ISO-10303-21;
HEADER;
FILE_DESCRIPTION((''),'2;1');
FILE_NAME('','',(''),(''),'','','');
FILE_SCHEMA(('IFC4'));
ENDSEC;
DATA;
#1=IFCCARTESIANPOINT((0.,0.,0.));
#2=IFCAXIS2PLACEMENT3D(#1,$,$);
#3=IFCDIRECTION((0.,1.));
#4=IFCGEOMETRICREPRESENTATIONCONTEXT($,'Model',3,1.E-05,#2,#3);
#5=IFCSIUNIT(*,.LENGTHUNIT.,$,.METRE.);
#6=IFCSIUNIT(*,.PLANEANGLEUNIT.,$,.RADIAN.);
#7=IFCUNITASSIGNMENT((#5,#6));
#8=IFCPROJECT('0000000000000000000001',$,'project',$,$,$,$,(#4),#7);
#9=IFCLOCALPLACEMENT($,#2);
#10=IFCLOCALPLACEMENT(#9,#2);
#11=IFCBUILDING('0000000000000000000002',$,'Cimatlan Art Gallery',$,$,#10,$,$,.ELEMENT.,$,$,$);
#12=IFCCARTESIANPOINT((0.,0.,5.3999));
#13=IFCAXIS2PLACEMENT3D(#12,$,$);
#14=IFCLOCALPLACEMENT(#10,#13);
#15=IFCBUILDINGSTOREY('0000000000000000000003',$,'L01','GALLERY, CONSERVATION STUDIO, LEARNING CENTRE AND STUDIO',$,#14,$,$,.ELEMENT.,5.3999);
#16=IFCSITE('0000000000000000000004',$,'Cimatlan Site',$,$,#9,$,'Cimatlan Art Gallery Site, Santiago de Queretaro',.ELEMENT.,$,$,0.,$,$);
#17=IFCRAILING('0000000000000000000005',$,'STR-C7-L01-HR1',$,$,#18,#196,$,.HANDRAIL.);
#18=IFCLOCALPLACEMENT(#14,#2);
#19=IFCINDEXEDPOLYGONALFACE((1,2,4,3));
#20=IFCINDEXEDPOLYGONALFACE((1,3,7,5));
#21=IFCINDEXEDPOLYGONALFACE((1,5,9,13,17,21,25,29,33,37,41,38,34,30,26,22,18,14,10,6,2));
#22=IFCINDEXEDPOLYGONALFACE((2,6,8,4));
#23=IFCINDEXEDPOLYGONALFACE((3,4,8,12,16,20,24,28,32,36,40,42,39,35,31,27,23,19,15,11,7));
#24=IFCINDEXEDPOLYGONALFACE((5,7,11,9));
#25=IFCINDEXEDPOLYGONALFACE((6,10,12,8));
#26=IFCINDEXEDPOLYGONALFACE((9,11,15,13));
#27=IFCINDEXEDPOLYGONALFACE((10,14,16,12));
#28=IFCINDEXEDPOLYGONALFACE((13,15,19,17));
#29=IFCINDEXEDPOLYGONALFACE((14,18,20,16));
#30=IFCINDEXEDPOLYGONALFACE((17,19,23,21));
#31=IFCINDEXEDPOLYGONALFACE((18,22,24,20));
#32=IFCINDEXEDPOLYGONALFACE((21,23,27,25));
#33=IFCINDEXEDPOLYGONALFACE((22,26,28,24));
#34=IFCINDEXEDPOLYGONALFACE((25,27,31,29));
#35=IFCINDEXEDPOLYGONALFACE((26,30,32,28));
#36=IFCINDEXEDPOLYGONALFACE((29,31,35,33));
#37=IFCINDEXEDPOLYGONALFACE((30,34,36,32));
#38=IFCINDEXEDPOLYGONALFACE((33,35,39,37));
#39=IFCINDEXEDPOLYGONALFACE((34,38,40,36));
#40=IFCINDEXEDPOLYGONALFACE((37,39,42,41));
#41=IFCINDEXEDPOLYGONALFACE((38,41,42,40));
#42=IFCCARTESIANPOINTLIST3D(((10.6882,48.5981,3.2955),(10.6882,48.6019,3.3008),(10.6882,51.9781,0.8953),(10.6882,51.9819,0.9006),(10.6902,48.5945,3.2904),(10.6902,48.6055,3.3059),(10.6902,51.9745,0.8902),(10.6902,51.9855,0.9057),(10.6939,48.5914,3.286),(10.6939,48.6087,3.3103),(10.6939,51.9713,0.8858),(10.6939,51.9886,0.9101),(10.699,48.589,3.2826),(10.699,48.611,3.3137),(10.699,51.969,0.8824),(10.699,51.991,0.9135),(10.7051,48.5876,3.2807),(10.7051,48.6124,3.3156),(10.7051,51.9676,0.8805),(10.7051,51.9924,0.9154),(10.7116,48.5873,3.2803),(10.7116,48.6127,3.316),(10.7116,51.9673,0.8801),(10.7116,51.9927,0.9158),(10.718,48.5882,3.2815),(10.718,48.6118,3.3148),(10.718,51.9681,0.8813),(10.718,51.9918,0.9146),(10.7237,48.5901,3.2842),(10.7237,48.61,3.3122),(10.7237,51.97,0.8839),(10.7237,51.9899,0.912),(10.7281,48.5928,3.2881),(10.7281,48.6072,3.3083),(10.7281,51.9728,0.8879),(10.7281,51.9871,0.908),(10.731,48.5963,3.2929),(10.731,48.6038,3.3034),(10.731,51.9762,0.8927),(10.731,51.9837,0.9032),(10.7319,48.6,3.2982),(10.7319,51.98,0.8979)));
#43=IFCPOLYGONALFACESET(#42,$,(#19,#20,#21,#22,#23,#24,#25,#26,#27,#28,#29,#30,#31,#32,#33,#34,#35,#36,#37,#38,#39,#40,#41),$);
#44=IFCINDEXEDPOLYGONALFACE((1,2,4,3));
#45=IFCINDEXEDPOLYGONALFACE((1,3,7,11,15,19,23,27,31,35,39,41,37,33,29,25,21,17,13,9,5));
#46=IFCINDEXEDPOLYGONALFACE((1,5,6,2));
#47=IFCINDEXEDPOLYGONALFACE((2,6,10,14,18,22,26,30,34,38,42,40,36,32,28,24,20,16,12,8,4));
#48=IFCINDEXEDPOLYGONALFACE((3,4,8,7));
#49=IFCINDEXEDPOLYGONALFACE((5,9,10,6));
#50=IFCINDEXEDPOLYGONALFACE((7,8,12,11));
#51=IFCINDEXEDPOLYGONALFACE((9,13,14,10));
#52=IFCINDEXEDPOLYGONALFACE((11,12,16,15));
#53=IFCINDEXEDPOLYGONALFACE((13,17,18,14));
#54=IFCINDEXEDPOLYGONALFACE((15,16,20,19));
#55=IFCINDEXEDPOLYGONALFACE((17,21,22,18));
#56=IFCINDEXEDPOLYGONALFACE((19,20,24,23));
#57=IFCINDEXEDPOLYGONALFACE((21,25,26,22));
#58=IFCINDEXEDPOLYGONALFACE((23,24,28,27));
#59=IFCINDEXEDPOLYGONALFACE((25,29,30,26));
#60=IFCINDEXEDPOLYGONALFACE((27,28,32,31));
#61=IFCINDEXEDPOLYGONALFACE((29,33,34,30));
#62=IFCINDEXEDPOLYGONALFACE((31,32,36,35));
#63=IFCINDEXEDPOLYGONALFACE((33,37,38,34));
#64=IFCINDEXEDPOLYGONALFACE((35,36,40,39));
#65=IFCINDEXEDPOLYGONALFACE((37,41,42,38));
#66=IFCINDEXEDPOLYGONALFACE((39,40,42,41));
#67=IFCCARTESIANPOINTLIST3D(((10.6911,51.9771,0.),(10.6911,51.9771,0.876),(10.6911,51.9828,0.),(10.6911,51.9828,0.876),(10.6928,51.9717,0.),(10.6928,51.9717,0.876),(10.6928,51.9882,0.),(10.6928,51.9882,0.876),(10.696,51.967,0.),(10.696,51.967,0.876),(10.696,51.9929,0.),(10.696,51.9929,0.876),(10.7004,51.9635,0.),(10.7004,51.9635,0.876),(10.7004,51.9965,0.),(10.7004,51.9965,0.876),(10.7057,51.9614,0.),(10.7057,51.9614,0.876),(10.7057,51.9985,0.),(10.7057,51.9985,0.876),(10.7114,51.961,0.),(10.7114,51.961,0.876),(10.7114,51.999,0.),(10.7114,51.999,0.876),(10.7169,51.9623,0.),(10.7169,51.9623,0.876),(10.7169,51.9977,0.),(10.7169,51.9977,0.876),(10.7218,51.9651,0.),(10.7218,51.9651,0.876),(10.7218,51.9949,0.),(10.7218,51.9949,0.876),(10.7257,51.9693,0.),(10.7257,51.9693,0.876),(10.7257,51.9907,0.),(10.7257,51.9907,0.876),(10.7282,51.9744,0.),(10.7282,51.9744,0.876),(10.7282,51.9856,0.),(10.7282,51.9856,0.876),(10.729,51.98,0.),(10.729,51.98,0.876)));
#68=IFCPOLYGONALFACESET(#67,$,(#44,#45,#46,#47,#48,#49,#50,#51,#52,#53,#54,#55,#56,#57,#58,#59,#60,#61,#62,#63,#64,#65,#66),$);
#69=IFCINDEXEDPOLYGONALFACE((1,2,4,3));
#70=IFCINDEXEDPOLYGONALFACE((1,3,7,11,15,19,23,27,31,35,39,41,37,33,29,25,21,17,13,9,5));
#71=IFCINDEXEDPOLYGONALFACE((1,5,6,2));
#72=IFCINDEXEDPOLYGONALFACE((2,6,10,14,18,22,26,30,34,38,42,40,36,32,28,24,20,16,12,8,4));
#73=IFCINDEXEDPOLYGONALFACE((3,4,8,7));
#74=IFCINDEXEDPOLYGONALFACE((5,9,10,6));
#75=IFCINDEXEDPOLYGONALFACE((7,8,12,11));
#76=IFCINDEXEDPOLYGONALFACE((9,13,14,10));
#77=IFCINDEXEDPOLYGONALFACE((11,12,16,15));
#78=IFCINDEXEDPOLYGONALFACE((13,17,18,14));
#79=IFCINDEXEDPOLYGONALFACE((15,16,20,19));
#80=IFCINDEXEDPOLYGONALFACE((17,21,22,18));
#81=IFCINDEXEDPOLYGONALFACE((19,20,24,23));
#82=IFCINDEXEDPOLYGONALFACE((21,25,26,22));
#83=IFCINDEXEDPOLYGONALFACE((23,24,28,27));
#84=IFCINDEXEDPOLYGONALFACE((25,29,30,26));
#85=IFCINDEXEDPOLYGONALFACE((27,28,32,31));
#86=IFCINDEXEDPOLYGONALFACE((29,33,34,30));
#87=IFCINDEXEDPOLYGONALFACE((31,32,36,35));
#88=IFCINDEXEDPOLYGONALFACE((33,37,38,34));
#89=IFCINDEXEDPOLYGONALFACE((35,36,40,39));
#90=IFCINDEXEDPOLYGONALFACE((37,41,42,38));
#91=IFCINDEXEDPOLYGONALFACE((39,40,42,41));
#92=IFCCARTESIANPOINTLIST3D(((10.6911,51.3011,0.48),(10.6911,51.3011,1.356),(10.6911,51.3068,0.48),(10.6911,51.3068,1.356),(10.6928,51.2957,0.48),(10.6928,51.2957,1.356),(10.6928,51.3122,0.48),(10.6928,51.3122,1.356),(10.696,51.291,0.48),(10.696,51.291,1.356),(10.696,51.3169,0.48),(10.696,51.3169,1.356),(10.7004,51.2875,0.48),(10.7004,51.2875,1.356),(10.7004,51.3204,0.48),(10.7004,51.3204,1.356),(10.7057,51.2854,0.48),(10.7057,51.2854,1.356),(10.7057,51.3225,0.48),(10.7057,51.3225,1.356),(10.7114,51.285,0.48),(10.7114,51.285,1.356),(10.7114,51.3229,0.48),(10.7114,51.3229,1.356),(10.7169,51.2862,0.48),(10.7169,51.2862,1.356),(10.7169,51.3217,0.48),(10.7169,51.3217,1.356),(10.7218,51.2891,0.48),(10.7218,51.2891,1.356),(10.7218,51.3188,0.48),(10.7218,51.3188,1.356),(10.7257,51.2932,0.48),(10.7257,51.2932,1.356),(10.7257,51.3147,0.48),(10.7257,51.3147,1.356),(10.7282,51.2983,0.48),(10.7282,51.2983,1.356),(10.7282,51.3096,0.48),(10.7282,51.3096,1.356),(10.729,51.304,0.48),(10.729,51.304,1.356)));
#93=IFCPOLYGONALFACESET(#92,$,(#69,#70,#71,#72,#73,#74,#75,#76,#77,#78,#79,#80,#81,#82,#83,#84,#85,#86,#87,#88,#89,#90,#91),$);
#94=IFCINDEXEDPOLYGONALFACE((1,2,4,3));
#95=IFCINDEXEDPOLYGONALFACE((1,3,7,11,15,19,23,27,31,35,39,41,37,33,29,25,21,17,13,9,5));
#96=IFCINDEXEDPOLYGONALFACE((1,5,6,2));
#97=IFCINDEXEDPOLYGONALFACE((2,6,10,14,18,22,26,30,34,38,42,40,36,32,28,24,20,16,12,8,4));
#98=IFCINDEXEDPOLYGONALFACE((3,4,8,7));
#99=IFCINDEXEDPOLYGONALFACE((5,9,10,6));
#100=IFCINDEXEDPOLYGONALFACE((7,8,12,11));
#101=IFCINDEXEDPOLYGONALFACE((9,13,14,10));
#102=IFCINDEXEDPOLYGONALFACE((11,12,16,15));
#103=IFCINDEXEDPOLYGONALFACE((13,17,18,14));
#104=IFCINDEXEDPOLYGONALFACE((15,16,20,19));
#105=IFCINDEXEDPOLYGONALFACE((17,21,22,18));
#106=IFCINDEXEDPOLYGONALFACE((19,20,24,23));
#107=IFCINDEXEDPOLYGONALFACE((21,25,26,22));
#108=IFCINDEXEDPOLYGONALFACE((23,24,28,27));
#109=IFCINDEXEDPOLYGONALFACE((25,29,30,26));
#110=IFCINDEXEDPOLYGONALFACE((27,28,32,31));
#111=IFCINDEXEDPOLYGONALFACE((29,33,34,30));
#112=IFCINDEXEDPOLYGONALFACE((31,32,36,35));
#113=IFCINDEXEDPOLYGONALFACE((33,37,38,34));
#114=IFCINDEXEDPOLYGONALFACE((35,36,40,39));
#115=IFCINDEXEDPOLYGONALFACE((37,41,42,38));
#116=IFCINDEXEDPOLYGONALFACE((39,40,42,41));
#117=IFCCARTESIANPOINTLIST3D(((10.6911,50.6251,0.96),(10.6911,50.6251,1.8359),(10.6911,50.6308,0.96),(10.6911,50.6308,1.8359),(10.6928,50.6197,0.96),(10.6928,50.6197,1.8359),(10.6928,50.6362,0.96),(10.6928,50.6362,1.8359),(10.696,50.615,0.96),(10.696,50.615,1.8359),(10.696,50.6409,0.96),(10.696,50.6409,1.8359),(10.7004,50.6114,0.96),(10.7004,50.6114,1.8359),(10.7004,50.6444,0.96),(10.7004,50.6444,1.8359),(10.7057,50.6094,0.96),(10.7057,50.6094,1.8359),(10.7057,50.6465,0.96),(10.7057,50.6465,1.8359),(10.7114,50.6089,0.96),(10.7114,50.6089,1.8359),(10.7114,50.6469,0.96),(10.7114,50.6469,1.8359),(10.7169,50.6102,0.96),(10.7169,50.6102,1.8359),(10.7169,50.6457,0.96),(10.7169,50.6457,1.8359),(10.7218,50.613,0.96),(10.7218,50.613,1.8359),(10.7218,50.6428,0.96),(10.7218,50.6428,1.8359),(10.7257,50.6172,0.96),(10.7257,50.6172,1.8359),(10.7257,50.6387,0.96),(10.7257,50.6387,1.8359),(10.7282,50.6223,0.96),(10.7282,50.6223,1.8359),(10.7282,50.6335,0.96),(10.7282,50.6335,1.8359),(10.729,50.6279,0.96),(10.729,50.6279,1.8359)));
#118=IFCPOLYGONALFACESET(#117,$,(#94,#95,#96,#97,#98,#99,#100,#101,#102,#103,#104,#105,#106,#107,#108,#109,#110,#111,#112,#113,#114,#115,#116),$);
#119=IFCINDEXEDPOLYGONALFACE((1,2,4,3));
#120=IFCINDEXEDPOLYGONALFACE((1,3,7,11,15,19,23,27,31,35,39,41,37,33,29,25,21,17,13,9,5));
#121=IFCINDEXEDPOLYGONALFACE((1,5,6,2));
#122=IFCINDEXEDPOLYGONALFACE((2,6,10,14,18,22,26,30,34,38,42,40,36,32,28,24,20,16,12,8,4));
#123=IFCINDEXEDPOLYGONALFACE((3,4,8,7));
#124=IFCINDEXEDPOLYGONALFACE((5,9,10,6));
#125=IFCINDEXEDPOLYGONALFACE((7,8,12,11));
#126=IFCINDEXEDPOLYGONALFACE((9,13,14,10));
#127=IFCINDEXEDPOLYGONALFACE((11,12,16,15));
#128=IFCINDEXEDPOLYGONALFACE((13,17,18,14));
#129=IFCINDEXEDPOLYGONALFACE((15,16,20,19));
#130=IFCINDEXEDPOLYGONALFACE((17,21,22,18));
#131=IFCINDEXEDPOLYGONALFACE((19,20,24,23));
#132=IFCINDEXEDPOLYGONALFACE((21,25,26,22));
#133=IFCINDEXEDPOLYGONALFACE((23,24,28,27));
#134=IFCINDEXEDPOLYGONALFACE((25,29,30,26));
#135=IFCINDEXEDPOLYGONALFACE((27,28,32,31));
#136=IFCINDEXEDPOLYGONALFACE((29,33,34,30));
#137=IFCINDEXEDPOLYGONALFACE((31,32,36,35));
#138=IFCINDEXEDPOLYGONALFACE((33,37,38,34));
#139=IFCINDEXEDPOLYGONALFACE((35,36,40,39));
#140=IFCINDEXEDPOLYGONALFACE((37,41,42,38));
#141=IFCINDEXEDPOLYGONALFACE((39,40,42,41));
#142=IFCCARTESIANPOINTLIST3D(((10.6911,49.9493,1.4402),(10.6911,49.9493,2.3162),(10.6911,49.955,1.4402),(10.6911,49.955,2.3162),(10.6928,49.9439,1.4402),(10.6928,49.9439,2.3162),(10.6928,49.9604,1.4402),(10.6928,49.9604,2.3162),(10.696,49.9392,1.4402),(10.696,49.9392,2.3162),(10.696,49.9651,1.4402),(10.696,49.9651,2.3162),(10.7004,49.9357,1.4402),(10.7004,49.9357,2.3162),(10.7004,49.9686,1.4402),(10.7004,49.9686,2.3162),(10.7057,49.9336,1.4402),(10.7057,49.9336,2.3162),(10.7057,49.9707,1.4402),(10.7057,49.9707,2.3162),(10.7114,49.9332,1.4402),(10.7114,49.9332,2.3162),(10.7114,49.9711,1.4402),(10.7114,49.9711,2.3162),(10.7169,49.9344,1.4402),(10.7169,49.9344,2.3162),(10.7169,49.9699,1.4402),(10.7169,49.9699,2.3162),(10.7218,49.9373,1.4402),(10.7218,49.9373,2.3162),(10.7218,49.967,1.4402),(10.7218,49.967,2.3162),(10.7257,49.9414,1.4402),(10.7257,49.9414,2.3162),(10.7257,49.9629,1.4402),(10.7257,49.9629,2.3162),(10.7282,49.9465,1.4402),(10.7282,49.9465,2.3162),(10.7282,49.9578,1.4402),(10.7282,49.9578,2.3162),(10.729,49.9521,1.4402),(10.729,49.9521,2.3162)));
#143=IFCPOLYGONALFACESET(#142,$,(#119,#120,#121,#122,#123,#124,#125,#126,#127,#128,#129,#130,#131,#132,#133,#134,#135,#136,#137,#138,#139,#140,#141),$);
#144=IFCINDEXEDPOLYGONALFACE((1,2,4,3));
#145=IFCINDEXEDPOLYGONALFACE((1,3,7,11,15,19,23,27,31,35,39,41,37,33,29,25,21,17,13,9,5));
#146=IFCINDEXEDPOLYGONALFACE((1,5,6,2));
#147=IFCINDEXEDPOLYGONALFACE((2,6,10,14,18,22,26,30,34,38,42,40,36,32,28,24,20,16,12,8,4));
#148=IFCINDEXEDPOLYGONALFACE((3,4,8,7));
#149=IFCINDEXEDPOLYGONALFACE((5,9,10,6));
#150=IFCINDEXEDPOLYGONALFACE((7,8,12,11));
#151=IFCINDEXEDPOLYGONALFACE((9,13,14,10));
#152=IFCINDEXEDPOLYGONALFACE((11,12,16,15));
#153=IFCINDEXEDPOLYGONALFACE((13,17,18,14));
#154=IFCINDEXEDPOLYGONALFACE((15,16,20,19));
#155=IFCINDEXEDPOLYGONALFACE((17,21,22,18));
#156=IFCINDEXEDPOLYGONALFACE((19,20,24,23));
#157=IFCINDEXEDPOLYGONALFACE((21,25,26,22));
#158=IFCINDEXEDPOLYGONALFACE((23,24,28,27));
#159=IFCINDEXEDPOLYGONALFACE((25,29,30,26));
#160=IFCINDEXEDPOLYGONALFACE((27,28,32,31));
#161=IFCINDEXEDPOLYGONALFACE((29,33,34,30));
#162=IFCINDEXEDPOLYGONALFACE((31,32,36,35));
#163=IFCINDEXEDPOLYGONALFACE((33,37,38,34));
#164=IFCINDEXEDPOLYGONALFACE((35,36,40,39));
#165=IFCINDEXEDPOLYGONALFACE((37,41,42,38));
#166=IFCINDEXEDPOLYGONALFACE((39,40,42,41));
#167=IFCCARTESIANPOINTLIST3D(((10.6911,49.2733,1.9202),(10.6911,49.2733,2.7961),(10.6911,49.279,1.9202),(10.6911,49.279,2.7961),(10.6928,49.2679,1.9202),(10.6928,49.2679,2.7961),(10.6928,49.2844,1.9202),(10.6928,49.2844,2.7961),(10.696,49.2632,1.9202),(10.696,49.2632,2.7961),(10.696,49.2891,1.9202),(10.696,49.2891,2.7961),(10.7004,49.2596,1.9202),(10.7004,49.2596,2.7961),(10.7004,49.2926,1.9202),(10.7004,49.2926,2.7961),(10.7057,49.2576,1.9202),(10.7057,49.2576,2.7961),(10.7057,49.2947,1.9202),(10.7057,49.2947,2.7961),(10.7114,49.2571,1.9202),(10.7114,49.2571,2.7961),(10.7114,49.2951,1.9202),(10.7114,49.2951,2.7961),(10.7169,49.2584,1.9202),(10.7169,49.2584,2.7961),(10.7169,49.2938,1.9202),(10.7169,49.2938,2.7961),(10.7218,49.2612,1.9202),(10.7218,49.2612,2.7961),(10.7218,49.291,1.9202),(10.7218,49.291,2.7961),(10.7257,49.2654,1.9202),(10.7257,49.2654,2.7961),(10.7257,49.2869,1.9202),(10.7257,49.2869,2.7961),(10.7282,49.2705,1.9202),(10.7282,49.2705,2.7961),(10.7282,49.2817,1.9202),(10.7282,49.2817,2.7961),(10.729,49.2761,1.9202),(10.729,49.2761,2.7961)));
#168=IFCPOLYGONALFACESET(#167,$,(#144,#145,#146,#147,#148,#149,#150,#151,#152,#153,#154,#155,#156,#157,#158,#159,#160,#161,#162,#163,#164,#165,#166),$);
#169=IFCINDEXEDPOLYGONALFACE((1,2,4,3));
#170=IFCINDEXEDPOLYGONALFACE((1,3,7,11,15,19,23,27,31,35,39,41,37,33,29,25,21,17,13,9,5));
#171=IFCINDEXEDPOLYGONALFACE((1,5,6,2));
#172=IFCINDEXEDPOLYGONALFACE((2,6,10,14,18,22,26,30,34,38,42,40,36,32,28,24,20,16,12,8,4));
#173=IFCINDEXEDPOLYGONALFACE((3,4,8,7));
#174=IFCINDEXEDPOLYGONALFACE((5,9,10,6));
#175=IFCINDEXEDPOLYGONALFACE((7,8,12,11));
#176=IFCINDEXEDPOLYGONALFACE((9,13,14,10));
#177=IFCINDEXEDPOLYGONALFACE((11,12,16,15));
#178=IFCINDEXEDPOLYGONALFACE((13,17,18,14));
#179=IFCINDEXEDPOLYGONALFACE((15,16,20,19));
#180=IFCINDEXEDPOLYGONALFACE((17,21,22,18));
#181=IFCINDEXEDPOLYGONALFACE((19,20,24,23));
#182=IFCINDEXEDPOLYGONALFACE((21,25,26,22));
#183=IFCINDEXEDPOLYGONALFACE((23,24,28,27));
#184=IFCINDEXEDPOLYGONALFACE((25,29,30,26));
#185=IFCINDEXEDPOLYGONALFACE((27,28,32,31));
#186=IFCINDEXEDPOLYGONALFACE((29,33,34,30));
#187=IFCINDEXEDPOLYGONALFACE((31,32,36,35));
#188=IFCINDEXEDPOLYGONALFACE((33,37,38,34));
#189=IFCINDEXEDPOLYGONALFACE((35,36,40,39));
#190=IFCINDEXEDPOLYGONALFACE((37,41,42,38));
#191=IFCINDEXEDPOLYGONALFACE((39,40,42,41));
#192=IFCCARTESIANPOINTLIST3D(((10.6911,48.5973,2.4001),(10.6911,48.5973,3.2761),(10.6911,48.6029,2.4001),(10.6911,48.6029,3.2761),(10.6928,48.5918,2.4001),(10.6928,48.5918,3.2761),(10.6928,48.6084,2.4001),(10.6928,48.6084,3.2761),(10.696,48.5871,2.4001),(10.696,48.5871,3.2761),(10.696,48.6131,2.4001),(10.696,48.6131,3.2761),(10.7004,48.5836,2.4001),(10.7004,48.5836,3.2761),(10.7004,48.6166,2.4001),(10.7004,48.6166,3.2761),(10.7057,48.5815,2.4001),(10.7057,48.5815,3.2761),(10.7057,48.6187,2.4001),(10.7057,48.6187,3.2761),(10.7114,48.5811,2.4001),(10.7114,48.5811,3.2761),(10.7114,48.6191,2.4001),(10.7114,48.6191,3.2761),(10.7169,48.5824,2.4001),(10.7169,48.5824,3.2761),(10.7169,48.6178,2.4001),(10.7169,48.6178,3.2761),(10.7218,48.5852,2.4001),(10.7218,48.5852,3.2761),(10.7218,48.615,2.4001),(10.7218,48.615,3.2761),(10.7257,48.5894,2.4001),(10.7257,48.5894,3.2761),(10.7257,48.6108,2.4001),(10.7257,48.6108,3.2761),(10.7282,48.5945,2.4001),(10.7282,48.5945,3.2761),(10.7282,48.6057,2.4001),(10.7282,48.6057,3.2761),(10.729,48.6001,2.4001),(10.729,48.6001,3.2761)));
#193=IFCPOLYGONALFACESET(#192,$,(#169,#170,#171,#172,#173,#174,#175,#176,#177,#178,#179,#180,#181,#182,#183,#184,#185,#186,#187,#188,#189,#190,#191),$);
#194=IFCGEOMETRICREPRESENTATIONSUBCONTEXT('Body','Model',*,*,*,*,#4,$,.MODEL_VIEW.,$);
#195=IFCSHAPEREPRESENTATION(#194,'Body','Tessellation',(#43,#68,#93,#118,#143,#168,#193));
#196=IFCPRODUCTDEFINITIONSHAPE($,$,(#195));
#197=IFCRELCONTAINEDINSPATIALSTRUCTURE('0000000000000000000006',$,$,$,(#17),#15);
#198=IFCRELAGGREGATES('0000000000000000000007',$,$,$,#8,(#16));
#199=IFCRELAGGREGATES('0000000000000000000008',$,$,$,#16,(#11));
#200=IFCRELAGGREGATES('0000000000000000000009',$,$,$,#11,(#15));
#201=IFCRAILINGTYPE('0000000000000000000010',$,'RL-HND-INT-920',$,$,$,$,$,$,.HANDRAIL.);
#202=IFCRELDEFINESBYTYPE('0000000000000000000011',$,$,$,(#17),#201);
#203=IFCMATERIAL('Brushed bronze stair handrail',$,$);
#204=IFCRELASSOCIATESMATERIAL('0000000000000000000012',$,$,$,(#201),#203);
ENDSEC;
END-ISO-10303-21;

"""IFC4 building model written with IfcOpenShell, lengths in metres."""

from ifc_helpers import new_model, si_unit, direction, frame, origin, origin_2d, place, context, subcontext, project, spatial, circle, extrude, material, type_object, element, save


model = new_model("IFC4")

# Units and contexts
model_context = context("Model", 3, precision=1e-05, world=origin(), true_north=direction((0.0, 1.0)))
body_context = subcontext(model_context, "Body", "Model", "MODEL_VIEW")
ifc_project = project(units=[si_unit("LENGTHUNIT", "METRE"), si_unit("PLANEANGLEUNIT", "RADIAN")], contexts=[model_context])

# Site, building, storey
site_placement = place(None, origin())
site = spatial("IfcSite", under=ifc_project, at=site_placement, Name="Cimatlan Site", LongName="Cimatlan Art Gallery Site, Santiago de Queretaro", CompositionType="ELEMENT", RefElevation=0.0)
building_placement = place(site_placement, origin())
building = spatial("IfcBuilding", under=site, at=building_placement, Name="Cimatlan Art Gallery", CompositionType="ELEMENT")
storey_placement = place(building_placement, frame((0.0, 0.0, 5.3999)))
storey = spatial("IfcBuildingStorey", under=building, at=storey_placement, Name="L01", Description="GALLERY, CONSERVATION STUDIO, LEARNING CENTRE AND STUDIO", CompositionType="ELEMENT", Elevation=5.3999)

# Railing
ifc_material_1 = material(Name="Brushed bronze stair handrail")
railing_type_1 = type_object("IfcRailingType", Name="RL-HND-INT-920", PredefinedType="HANDRAIL", material=ifc_material_1)
railing_1_placement = place(storey_placement, frame((10.71, 51.98, 0.0)))
element("IfcRailing", 1, at=railing_1_placement, inside=storey, type_object=railing_type_1, Name="STR-C7-L01-HR1", PredefinedType="HANDRAIL", context=body_context, shape_type="SweptSolid", body=[
    extrude(circle(Radius=0.022, at=origin_2d()), frame((0.0, 0.0, 0.8979), z_axis=(0.0, -0.815334, 0.578991), x_axis=(1.0, 0.0, 0.0)), (0.0, 0.0, 1.0), 4.1455),
    extrude(circle(Radius=0.019, at=origin_2d()), origin(), (0.0, 0.0, 1.0), 0.876),
    extrude(circle(Radius=0.019, at=origin_2d()), frame((0.0, -0.676, 0.48)), (0.0, 0.0, 1.0), 0.876),
    extrude(circle(Radius=0.019, at=origin_2d()), frame((0.0, -1.3521, 0.96)), (0.0, 0.0, 1.0), 0.876),
    extrude(circle(Radius=0.019, at=origin_2d()), frame((0.0, -2.0278, 1.4402)), (0.0, 0.0, 1.0), 0.876),
    extrude(circle(Radius=0.019, at=origin_2d()), frame((0.0, -2.7039, 1.9202)), (0.0, 0.0, 1.0), 0.876),
    extrude(circle(Radius=0.019, at=origin_2d()), frame((0.0, -3.3799, 2.4001)), (0.0, 0.0, 1.0), 0.876),
])

save(model, "model.ifc")
